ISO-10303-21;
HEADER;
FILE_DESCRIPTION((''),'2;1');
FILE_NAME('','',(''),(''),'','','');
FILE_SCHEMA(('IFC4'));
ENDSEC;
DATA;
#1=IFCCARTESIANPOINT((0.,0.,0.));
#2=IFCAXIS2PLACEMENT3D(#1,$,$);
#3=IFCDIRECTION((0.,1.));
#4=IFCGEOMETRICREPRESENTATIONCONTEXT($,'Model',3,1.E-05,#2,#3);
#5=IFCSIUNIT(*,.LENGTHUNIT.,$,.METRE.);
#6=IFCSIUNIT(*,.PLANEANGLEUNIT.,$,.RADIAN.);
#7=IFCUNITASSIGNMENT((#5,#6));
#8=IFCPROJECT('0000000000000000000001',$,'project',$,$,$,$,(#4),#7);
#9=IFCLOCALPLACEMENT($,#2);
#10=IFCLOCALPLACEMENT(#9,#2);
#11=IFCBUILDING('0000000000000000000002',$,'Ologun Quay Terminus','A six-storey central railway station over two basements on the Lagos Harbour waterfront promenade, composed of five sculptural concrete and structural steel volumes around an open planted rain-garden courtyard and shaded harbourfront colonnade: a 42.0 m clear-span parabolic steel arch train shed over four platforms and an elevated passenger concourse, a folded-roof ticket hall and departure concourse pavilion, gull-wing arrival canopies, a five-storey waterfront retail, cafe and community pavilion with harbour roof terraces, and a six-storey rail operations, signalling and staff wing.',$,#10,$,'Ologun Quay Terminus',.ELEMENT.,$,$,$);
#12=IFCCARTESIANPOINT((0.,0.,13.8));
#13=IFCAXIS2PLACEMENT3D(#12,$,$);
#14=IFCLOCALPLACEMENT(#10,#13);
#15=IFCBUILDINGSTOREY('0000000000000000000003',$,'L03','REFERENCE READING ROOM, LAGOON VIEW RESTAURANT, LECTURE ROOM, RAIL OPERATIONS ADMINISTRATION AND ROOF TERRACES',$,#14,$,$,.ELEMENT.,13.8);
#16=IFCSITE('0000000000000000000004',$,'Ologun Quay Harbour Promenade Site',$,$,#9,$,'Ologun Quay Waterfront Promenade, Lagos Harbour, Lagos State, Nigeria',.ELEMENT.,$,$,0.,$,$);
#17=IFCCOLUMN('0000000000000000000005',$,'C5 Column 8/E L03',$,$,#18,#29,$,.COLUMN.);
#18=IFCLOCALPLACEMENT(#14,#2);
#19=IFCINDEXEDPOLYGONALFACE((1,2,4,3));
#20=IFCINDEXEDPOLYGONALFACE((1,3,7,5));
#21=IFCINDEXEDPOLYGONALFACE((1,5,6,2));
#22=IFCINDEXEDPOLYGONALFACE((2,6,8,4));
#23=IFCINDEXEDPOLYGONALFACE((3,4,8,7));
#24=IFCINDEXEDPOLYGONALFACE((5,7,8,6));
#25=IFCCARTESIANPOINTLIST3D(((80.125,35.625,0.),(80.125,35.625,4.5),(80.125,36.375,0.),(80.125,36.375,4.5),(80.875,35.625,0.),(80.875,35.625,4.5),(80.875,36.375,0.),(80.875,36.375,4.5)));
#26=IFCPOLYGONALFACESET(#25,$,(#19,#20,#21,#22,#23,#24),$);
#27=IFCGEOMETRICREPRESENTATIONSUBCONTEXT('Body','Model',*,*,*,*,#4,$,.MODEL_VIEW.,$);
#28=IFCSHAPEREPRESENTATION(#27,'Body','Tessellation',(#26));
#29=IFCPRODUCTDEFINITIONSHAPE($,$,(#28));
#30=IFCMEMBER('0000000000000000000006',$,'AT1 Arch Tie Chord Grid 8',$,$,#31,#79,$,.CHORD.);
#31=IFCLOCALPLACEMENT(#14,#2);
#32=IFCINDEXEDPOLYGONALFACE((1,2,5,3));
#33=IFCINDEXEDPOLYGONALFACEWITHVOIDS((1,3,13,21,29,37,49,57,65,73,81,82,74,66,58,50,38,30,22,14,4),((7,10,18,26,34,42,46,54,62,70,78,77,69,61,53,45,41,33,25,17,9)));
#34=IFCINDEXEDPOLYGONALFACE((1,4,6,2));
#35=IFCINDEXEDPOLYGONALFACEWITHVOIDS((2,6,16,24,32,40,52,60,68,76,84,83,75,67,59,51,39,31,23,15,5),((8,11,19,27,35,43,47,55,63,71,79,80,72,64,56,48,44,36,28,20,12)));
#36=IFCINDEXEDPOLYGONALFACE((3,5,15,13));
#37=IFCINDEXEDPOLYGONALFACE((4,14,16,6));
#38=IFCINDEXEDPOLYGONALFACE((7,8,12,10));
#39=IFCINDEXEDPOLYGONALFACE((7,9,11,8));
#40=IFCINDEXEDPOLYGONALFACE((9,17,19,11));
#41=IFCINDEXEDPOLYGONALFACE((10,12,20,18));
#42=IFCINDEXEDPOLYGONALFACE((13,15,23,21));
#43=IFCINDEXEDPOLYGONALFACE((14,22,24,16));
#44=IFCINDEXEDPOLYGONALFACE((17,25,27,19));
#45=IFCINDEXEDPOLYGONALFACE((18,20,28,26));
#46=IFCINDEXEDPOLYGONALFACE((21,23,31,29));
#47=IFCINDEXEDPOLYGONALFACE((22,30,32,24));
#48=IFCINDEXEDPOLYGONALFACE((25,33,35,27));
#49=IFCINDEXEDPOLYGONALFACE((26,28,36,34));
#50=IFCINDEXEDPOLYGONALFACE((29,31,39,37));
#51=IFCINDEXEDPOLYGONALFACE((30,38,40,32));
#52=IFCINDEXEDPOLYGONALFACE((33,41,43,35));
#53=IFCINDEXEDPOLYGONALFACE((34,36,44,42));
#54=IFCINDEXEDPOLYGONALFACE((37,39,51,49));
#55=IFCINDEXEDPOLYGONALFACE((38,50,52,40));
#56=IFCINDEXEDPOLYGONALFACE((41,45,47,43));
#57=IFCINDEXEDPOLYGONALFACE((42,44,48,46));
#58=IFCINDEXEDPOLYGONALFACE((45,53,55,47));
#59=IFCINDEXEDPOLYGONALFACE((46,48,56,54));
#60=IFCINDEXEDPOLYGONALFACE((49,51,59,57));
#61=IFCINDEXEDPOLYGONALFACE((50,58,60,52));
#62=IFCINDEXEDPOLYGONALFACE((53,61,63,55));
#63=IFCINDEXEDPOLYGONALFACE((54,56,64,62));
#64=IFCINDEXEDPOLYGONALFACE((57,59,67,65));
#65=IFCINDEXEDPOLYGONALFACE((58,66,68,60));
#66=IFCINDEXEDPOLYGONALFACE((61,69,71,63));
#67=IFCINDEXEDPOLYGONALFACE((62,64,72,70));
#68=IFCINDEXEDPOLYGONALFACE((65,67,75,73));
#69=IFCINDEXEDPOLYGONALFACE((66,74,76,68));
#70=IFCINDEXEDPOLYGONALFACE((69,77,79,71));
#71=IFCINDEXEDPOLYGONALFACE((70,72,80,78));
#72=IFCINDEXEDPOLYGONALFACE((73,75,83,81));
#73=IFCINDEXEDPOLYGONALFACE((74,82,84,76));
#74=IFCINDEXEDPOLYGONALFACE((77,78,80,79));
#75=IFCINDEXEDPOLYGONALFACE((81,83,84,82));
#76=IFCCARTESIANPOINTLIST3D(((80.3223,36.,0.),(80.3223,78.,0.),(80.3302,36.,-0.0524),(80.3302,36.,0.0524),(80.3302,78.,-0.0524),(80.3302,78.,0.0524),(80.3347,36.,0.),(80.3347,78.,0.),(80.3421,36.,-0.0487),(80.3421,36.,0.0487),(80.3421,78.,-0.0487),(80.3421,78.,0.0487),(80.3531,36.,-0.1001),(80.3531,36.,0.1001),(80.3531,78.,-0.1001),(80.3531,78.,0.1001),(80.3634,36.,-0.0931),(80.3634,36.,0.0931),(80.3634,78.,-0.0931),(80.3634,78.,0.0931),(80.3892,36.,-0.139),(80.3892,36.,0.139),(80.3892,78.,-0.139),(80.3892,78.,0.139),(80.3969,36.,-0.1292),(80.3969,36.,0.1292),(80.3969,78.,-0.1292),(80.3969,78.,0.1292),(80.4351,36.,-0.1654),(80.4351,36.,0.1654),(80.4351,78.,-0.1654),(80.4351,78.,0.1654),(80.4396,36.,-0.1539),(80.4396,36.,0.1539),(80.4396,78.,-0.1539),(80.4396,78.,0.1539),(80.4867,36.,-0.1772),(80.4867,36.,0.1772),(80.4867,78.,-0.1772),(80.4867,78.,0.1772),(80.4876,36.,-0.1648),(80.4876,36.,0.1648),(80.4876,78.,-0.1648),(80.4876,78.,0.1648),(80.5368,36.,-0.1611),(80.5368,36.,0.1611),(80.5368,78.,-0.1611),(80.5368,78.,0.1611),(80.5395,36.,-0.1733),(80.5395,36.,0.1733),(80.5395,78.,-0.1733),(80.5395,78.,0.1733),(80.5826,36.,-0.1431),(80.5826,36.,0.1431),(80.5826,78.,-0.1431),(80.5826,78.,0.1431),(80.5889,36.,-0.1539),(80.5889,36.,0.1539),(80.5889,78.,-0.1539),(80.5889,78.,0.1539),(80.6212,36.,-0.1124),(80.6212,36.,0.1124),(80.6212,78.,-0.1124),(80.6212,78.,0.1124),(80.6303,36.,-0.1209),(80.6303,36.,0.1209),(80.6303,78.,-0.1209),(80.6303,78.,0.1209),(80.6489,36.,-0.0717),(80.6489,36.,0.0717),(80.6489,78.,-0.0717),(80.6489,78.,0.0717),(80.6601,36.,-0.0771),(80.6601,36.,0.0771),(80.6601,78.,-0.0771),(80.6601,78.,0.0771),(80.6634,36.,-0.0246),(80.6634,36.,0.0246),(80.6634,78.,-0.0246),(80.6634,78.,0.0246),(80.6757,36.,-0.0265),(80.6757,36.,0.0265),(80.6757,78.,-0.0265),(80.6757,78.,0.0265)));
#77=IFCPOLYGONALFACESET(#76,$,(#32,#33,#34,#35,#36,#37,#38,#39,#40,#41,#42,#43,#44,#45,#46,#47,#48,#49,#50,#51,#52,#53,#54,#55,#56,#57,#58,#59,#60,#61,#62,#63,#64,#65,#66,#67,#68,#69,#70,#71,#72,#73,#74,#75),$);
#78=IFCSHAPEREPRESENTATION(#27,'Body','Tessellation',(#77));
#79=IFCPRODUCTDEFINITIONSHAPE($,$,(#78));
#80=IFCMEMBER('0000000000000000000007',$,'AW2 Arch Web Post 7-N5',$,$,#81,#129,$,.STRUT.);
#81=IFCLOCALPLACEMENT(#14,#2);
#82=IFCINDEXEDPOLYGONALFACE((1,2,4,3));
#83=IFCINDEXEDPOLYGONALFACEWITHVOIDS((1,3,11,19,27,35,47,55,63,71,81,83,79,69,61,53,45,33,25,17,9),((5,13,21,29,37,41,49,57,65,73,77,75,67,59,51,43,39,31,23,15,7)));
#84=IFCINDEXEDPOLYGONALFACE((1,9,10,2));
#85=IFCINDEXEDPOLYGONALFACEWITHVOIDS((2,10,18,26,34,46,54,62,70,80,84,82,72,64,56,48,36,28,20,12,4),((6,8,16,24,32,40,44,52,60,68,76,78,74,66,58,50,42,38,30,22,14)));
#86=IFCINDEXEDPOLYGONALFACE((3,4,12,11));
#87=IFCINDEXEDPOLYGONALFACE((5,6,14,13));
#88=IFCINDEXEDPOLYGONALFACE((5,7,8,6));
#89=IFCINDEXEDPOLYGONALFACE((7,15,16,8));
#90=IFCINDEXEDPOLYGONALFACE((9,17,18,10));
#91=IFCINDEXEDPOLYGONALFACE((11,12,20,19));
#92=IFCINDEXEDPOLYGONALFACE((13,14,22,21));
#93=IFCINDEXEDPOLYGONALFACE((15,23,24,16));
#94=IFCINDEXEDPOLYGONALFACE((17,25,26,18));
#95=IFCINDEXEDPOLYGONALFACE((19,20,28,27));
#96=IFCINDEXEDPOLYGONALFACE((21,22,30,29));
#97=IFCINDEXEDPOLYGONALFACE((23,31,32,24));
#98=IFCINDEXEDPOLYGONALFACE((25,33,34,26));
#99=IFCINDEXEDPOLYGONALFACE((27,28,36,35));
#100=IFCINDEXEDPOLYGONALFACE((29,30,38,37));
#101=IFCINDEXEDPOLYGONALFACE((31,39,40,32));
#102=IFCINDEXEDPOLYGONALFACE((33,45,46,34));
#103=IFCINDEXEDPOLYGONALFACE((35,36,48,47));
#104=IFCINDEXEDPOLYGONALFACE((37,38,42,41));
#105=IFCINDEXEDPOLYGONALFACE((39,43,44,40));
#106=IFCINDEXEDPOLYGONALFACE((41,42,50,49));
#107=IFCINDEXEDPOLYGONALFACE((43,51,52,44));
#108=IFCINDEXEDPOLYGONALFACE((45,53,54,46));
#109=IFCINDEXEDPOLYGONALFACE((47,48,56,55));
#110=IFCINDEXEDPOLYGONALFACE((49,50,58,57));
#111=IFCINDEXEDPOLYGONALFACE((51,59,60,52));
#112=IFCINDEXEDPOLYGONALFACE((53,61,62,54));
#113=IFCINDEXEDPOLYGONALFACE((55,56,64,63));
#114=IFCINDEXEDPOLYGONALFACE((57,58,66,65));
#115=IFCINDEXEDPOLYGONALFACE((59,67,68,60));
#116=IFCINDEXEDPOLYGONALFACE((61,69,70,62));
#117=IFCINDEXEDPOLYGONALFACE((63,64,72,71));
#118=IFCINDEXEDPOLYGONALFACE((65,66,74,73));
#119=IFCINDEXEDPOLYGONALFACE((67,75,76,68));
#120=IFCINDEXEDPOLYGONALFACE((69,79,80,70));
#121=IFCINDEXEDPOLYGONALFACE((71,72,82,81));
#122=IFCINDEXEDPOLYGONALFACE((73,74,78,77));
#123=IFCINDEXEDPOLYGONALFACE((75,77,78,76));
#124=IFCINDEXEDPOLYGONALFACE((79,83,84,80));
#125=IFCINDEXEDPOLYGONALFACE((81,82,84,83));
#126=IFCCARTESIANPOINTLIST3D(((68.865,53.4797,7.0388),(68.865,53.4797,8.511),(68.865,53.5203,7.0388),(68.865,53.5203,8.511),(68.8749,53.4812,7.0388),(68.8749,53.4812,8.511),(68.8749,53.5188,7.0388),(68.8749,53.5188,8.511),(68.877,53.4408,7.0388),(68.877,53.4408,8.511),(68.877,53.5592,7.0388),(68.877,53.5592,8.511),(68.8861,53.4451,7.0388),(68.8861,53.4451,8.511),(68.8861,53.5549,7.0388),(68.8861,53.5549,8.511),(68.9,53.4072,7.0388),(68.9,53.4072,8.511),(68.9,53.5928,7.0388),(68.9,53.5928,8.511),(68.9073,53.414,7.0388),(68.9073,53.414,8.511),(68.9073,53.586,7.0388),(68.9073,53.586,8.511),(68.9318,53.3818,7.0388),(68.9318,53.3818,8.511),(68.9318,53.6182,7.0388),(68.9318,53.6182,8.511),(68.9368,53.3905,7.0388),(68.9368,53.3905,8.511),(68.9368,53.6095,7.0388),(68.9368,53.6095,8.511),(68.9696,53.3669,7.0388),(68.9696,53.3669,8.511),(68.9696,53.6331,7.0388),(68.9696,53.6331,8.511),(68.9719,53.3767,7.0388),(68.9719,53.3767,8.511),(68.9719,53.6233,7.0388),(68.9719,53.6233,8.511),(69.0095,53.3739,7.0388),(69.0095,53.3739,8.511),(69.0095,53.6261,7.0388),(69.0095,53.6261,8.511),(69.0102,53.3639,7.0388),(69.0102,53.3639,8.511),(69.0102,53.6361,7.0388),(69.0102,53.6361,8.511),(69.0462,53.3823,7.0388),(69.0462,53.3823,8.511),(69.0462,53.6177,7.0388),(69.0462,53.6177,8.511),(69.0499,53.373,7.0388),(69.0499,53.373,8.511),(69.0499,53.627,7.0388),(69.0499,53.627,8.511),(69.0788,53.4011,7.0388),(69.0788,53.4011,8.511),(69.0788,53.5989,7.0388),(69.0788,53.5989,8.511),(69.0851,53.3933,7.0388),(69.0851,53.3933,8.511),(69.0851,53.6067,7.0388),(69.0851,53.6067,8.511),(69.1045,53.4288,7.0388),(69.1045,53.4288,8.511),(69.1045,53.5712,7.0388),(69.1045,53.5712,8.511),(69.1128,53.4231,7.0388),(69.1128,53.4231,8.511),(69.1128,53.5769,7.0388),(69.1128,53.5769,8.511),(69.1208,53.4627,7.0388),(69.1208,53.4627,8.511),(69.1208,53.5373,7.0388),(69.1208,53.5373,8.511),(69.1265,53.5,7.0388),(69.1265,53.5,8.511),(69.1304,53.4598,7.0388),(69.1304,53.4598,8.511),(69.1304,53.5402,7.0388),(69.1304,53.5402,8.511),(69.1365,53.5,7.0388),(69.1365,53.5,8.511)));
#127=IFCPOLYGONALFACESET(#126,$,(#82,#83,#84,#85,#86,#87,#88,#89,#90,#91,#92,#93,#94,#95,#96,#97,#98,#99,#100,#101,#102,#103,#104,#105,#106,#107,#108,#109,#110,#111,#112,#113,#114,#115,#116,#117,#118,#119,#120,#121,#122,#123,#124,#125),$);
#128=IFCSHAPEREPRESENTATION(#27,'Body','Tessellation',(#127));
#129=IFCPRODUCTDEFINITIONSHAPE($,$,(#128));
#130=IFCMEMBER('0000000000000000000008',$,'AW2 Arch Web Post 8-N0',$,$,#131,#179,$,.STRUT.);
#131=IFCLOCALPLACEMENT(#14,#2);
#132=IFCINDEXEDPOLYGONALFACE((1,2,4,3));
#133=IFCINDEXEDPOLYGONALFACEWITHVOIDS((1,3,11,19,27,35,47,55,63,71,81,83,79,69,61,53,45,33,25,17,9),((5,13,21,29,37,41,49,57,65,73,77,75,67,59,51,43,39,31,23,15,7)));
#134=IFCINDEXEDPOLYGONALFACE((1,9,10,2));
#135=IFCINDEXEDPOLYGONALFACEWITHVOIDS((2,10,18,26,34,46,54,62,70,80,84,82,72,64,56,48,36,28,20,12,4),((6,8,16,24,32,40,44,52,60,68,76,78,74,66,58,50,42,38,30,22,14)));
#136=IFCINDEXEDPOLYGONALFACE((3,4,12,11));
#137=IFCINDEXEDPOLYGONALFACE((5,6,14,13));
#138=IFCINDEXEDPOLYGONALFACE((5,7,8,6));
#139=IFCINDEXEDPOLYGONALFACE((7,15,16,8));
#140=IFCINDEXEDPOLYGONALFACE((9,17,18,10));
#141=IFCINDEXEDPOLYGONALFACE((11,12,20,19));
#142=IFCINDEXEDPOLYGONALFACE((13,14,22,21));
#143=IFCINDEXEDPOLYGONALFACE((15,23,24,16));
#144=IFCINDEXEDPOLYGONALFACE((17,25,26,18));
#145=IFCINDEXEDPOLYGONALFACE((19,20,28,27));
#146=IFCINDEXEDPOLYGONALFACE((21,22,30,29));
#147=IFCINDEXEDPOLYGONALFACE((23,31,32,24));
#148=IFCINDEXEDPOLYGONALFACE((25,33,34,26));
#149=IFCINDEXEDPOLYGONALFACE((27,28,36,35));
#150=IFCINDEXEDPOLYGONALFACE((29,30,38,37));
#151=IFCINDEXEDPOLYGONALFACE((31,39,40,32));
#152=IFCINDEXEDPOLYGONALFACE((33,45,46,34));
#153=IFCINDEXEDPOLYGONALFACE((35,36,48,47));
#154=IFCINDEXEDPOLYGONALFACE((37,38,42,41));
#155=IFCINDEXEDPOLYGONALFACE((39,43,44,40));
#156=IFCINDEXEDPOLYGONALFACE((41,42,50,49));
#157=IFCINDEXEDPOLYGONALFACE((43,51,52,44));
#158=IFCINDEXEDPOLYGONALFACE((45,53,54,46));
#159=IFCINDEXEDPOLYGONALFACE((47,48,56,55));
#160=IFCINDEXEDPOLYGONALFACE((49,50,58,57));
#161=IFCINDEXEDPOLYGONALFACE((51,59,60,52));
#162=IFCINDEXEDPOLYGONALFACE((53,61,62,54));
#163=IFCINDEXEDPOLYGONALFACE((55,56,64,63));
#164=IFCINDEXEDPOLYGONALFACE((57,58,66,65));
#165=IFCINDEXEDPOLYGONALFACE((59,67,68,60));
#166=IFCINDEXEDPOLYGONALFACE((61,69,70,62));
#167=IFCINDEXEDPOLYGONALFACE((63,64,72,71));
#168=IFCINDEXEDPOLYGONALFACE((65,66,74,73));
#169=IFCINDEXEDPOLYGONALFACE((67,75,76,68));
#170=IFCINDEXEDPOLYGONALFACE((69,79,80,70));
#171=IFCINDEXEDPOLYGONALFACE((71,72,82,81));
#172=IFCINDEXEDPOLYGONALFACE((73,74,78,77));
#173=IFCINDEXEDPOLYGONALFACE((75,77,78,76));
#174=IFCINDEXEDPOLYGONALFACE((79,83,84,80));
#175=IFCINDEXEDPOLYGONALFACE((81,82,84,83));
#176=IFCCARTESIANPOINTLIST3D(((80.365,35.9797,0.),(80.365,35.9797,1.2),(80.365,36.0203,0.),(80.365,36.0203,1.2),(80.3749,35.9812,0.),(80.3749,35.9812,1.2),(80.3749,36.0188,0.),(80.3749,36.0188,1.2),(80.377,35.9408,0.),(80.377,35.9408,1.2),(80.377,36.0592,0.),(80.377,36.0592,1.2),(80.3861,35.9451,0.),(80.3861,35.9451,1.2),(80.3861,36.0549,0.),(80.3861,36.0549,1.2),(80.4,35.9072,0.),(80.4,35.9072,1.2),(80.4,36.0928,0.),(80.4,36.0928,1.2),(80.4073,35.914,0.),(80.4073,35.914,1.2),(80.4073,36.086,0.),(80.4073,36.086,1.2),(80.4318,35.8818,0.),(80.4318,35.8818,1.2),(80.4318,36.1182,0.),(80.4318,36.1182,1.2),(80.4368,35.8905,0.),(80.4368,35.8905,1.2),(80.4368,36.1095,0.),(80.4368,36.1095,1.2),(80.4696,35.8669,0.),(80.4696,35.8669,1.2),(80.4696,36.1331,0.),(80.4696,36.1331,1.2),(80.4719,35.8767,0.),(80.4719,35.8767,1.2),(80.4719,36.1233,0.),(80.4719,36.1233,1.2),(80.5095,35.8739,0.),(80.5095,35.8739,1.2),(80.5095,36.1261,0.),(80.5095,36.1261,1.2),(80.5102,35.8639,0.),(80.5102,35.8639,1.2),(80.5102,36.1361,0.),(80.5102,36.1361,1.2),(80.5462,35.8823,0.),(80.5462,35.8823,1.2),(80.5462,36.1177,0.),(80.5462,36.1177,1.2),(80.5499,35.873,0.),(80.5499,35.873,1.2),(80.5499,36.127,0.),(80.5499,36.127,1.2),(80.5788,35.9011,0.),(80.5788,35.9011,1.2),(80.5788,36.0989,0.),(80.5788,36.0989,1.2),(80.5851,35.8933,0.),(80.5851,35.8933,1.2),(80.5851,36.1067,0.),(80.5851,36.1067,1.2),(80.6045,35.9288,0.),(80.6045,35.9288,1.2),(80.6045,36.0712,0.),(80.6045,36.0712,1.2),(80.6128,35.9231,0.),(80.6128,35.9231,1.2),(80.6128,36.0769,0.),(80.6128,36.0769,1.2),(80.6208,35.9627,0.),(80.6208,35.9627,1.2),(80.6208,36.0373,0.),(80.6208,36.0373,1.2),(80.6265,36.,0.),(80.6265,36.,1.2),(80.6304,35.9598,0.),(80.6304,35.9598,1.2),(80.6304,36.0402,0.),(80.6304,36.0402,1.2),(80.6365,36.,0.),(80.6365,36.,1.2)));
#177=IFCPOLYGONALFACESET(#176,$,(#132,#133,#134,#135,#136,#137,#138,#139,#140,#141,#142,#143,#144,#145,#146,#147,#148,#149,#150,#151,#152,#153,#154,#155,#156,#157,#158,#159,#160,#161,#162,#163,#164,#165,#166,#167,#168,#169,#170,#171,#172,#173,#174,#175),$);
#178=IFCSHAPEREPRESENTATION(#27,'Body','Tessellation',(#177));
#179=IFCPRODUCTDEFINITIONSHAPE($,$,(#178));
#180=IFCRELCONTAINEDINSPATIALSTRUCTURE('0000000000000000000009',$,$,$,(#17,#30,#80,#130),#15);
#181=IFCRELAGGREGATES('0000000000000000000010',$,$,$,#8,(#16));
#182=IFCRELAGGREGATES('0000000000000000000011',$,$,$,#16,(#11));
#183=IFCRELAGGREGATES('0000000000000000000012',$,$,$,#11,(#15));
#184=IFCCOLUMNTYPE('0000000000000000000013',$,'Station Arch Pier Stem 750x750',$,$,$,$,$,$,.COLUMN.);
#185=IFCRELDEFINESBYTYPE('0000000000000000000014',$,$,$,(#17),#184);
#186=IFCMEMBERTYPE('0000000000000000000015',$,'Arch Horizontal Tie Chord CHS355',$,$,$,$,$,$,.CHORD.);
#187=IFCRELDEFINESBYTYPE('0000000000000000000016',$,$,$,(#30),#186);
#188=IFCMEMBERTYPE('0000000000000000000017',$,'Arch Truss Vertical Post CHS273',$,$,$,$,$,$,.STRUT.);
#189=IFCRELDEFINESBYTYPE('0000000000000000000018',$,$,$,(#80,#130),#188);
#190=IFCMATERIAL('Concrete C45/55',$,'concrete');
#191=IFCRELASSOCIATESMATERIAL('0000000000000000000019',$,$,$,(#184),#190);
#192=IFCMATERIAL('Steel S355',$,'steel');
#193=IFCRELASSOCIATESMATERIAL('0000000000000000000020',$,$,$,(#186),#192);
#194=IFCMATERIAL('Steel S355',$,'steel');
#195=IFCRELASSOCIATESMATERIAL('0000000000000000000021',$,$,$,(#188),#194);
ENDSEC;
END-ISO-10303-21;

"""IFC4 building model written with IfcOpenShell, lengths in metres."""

from ifc_helpers import new_model, si_unit, direction, frame, origin, origin_2d, place, context, subcontext, project, spatial, rectangle, hollow_circle, extrude, material, material_profile, profile_set, type_object, element, save


model = new_model("IFC4")

# Units and contexts
model_context = context("Model", 3, precision=1e-05, world=origin(), true_north=direction((0.0, 1.0)))
body_context = subcontext(model_context, "Body", "Model", "MODEL_VIEW")
ifc_project = project(units=[si_unit("LENGTHUNIT", "METRE"), si_unit("PLANEANGLEUNIT", "RADIAN")], contexts=[model_context])

# Site, building, storey
site_placement = place(None, origin())
site = spatial("IfcSite", under=ifc_project, at=site_placement, Name="Ologun Quay Harbour Promenade Site", LongName="Ologun Quay Waterfront Promenade, Lagos Harbour, Lagos State, Nigeria", CompositionType="ELEMENT", RefElevation=0.0)
building_placement = place(site_placement, origin())
building = spatial("IfcBuilding", under=site, at=building_placement, Name="Ologun Quay Terminus", Description="A six-storey central railway station over two basements on the Lagos Harbour waterfront promenade, composed of five sculptural concrete and structural steel volumes around an open planted rain-garden courtyard and shaded harbourfront colonnade: a 42.0 m clear-span parabolic steel arch train shed over four platforms and an elevated passenger concourse, a folded-roof ticket hall and departure concourse pavilion, gull-wing arrival canopies, a five-storey waterfront retail, cafe and community pavilion with harbour roof terraces, and a six-storey rail operations, signalling and staff wing.", LongName="Ologun Quay Terminus", CompositionType="ELEMENT")
storey_placement = place(building_placement, frame((0.0, 0.0, 13.8)))
storey = spatial("IfcBuildingStorey", under=building, at=storey_placement, Name="L03", Description="REFERENCE READING ROOM, LAGOON VIEW RESTAURANT, LECTURE ROOM, RAIL OPERATIONS ADMINISTRATION AND ROOF TERRACES", CompositionType="ELEMENT", Elevation=13.8)

# Column
ifc_material_1 = material(Name="Concrete C45/55", Category="concrete")
ifc_material_profile_1 = material_profile(ifc_material_1, rectangle(XDim=0.75, YDim=0.75, at=origin_2d()), Name="RC 750x750")
ifc_profile_set_1 = profile_set([ifc_material_profile_1], Name="Concrete C45/55")
column_type = type_object("IfcColumnType", Name="Station Arch Pier Stem 750x750", PredefinedType="COLUMN", material=ifc_profile_set_1)
column_placement = place(storey_placement, frame((80.5, 36.0, 0.0), z_axis=(0.0, 0.0, 1.0), x_axis=(1.0, 0.0, 0.0)))
element("IfcColumn", 1, at=column_placement, inside=storey, type_object=column_type, Name="C5 Column 8/E L03", PredefinedType="COLUMN", context=body_context, shape_type="SweptSolid", body=[
    extrude(rectangle(XDim=0.75, YDim=0.75, at=origin_2d()), origin(), (0.0, 0.0, 1.0), 4.5),
])

# Members
ifc_material_2 = material(Name="Steel S355", Category="steel")
ifc_material_profile_2 = material_profile(ifc_material_2, hollow_circle(Radius=0.1777, WallThickness=0.0125, at=origin_2d()), Name="CHS 355.6x12.5")
ifc_profile_set_2 = profile_set([ifc_material_profile_2], Name="Steel S355")
member_type_1 = type_object("IfcMemberType", Name="Arch Horizontal Tie Chord CHS355", PredefinedType="CHORD", material=ifc_profile_set_2)
member_1_placement = place(storey_placement, frame((80.5, 36.0, 0.0), z_axis=(0.0, 1.0, 0.0), x_axis=(-1.0, 0.0, 0.0)))
element("IfcMember", 2, at=member_1_placement, inside=storey, type_object=member_type_1, Name="AT1 Arch Tie Chord Grid 8", PredefinedType="CHORD", context=body_context, shape_type="SweptSolid", body=[
    extrude(hollow_circle(Radius=0.1777, WallThickness=0.0125, at=origin_2d()), origin(), (0.0, 0.0, 1.0), 42.0),
])
ifc_material_3 = material(Name="Steel S355", Category="steel")
ifc_material_profile_3 = material_profile(ifc_material_3, hollow_circle(Radius=0.1365, WallThickness=0.01, at=origin_2d()), Name="CHS 273x10")
ifc_profile_set_3 = profile_set([ifc_material_profile_3], Name="Steel S355")
member_type_2 = type_object("IfcMemberType", Name="Arch Truss Vertical Post CHS273", PredefinedType="STRUT", material=ifc_profile_set_3)
member_2_placement = place(storey_placement, frame((69.0, 53.5, 7.0388), z_axis=(0.0, 0.0, 1.0), x_axis=(1.0, 0.0, 0.0)))
element("IfcMember", 3, at=member_2_placement, inside=storey, type_object=member_type_2, Name="AW2 Arch Web Post 7-N5", PredefinedType="STRUT", context=body_context, shape_type="SweptSolid", body=[
    extrude(hollow_circle(Radius=0.1365, WallThickness=0.01, at=origin_2d()), origin(), (0.0, 0.0, 1.0), 1.4722),
])
member_3_placement = place(storey_placement, frame((80.5, 36.0, 0.0), z_axis=(0.0, 0.0, 1.0), x_axis=(1.0, 0.0, 0.0)))
element("IfcMember", 4, at=member_3_placement, inside=storey, type_object=member_type_2, Name="AW2 Arch Web Post 8-N0", PredefinedType="STRUT", context=body_context, shape_type="SweptSolid", body=[
    extrude(hollow_circle(Radius=0.1365, WallThickness=0.01, at=origin_2d()), origin(), (0.0, 0.0, 1.0), 1.2),
])

save(model, "model.ifc")
